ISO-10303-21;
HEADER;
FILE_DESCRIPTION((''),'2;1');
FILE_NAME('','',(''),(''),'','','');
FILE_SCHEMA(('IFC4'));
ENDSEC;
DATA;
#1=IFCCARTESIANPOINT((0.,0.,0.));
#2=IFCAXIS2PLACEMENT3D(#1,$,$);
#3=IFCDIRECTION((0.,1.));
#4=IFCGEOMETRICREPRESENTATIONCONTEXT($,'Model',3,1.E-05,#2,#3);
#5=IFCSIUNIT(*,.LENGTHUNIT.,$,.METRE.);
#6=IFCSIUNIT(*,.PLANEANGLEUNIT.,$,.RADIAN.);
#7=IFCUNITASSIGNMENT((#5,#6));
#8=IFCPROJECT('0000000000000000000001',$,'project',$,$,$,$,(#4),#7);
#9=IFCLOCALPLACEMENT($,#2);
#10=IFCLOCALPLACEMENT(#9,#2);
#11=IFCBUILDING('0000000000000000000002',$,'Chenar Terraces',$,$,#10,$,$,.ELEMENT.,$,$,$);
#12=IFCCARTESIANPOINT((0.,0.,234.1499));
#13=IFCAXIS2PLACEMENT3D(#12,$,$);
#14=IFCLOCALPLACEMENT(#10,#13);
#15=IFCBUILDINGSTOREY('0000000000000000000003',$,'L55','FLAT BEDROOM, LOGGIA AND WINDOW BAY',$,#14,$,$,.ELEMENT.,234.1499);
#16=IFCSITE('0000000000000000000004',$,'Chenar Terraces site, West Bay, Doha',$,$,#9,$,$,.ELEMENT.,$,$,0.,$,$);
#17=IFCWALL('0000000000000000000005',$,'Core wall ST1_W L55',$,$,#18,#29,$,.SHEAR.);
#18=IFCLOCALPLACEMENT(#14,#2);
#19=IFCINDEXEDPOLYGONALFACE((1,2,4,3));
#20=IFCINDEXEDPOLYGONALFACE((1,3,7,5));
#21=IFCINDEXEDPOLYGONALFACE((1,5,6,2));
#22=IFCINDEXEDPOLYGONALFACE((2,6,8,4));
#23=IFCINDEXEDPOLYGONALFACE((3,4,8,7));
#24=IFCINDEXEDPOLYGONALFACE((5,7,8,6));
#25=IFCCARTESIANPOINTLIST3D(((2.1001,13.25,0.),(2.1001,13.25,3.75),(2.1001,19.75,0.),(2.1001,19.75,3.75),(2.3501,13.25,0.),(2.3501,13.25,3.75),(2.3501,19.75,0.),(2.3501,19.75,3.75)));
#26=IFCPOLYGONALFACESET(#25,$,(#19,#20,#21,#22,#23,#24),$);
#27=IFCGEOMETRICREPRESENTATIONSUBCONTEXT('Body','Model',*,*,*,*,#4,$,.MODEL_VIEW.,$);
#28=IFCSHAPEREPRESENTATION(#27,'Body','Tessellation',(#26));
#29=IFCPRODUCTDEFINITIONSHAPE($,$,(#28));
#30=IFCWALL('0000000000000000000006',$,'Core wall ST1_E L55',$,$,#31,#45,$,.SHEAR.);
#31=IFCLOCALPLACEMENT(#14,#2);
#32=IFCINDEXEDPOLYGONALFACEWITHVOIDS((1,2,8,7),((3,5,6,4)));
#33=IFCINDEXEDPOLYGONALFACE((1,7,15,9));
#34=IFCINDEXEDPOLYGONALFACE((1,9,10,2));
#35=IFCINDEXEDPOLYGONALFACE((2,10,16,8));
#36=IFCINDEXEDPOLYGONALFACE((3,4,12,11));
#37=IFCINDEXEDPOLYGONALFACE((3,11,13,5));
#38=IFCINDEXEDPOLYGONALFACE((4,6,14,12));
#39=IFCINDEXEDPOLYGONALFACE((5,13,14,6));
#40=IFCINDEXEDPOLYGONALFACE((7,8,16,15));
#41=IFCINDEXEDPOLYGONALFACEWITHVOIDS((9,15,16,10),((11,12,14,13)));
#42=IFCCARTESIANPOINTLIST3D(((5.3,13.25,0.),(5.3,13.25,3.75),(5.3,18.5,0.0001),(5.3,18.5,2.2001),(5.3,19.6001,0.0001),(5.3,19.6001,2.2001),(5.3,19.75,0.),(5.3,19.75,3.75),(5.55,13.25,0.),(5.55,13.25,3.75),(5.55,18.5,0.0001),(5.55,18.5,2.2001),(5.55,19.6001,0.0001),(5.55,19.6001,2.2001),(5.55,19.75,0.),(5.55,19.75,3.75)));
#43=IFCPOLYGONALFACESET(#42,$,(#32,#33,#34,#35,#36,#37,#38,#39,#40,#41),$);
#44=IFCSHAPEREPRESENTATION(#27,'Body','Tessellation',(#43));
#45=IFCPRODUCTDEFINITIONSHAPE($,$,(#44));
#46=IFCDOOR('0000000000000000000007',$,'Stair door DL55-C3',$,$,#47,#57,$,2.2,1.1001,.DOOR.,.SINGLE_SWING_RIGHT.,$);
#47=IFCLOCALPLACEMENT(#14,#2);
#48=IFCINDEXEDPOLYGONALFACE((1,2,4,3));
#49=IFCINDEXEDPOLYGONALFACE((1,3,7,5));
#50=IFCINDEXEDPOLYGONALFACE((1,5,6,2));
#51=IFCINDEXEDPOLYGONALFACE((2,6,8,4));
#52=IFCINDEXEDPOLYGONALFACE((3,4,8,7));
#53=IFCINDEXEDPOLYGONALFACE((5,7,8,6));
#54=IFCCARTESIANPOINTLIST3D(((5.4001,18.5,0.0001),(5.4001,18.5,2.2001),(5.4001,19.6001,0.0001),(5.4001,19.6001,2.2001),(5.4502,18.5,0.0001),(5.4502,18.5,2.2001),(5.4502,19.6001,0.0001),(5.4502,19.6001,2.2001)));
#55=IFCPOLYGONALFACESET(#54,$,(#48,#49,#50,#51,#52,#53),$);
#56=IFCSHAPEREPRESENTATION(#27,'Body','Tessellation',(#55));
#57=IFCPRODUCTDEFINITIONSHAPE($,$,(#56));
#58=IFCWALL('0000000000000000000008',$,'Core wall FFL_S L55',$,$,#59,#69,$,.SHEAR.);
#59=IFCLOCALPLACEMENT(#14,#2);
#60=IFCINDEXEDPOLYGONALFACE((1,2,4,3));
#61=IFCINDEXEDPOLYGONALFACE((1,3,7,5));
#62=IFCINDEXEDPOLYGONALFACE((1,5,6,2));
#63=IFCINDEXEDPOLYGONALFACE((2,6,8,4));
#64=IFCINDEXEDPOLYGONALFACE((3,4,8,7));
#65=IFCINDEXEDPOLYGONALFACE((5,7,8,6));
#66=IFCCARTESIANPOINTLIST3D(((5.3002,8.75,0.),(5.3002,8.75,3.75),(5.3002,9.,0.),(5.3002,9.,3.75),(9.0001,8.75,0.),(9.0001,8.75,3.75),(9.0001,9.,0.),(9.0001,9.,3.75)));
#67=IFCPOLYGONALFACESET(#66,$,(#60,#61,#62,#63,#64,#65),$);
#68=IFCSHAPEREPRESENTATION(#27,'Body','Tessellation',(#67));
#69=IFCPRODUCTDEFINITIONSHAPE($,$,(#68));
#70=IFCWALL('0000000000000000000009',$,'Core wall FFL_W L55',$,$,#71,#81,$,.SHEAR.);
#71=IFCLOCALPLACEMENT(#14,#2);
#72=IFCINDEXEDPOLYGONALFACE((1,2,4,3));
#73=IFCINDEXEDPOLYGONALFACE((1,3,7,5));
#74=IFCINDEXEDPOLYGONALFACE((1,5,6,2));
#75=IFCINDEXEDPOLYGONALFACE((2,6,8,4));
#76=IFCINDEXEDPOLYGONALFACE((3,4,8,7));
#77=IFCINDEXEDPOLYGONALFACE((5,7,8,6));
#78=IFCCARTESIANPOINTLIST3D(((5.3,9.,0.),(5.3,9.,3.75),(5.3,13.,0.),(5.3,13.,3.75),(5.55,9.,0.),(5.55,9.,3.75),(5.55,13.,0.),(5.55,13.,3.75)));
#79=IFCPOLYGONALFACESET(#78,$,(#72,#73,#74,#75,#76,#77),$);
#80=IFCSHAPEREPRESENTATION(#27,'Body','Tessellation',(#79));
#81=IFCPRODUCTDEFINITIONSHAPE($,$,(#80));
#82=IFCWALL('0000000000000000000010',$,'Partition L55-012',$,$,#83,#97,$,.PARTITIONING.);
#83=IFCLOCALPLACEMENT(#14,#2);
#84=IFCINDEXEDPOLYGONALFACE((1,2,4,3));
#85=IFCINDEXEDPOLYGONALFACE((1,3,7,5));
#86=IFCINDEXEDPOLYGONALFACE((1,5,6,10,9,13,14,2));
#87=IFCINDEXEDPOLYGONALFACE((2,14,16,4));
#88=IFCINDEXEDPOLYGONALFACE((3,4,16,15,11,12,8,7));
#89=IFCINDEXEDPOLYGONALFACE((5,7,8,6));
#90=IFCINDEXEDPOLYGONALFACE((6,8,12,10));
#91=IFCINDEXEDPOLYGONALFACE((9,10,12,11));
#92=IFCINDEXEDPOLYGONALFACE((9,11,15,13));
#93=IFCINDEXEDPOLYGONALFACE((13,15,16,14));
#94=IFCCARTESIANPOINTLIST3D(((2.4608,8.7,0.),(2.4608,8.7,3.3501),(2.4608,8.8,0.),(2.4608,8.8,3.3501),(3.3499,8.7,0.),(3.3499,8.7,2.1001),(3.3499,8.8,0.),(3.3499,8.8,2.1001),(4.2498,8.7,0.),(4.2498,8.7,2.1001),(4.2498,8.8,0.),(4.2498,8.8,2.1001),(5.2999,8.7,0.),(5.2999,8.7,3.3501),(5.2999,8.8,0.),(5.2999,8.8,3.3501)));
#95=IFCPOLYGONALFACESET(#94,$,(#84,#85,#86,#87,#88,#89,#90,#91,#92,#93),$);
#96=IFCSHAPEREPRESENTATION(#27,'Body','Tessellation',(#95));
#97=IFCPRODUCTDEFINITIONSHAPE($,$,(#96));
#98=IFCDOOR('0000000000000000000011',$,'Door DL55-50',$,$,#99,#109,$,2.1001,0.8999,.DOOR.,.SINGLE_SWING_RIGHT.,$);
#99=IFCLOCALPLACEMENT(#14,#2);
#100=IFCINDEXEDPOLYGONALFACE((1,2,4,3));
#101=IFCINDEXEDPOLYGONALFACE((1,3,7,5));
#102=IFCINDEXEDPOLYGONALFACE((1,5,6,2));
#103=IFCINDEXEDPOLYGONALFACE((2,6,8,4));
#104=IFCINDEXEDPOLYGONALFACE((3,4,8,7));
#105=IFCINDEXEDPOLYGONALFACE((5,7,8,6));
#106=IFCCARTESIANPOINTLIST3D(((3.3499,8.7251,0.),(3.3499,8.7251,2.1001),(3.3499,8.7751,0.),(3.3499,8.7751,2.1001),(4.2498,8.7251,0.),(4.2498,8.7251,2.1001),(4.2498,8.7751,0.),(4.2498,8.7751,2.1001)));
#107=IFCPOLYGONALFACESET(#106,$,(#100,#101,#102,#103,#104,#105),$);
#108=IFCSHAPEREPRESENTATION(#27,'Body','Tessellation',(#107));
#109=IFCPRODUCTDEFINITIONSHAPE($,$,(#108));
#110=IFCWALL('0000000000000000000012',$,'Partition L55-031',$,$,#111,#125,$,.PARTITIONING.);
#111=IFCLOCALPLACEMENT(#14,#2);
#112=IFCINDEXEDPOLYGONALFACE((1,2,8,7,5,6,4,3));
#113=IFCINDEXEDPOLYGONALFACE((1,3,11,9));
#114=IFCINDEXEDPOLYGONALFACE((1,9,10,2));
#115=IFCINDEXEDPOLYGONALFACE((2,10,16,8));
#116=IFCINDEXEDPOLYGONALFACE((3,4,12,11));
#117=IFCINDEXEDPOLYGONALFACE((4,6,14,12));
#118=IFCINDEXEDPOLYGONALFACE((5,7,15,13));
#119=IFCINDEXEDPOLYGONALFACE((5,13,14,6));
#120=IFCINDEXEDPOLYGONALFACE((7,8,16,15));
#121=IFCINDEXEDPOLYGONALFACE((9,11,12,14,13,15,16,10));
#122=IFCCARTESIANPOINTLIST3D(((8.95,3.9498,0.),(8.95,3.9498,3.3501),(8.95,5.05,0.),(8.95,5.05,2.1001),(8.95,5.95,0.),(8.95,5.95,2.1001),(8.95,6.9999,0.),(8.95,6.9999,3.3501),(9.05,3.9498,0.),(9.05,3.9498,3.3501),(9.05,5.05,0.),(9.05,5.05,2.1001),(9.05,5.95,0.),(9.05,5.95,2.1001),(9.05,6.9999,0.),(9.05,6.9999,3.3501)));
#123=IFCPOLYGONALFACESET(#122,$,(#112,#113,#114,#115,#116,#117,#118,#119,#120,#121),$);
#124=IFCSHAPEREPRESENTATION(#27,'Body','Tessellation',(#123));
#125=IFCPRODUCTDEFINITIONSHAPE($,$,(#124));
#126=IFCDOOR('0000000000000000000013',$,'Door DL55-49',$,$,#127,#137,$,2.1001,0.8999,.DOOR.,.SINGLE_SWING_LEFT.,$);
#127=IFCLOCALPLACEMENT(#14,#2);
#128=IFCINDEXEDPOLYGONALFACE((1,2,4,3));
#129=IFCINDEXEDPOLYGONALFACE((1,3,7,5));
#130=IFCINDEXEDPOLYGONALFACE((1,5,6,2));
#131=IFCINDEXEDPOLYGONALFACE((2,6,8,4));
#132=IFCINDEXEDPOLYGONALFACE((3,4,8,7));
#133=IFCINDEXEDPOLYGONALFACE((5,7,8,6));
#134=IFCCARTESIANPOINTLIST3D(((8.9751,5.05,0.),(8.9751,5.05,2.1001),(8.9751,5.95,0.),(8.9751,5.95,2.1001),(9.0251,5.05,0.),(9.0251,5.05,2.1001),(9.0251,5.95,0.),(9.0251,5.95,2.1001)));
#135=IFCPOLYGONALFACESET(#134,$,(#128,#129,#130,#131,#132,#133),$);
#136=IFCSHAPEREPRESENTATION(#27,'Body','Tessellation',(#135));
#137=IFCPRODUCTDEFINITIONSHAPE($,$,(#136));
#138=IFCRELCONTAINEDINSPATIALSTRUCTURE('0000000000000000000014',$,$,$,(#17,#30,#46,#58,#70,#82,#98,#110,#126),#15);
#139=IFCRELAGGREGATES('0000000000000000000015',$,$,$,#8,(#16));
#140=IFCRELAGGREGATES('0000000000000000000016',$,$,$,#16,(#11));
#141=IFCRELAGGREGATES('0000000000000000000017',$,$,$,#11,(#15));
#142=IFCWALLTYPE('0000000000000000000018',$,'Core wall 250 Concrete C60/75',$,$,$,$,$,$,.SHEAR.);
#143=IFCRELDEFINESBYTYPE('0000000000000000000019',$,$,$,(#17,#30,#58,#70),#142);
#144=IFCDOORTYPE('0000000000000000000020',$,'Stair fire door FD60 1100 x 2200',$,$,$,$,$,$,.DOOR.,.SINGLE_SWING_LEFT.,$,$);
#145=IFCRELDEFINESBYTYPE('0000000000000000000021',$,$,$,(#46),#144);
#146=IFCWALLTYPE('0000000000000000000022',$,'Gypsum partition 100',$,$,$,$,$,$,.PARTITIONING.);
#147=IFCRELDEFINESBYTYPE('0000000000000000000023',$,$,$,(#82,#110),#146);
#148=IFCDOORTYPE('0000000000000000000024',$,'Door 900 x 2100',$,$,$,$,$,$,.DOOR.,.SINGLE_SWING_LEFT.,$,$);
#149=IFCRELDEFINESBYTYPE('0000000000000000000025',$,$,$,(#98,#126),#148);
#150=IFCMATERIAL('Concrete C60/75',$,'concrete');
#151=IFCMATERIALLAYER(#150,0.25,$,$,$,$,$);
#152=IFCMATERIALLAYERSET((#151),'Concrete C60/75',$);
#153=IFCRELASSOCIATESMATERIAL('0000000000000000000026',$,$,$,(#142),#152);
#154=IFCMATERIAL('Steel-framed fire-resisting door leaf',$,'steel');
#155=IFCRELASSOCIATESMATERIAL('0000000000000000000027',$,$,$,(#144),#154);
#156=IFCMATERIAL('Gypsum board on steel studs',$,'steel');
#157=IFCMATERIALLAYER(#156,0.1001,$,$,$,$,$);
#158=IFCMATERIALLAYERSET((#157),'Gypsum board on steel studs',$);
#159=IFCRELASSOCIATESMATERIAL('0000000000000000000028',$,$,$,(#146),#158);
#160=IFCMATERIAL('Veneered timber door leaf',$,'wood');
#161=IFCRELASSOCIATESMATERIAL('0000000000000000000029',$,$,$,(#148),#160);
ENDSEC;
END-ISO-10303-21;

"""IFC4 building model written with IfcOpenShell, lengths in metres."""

from ifc_helpers import new_model, si_unit, direction, frame, frame_2d, origin, place, context, subcontext, project, spatial, rectangle, extrude, material, layer, layer_set, type_object, element, fill, save


model = new_model("IFC4")

# Units and contexts
model_context = context("Model", 3, precision=1e-05, world=origin(), true_north=direction((0.0, 1.0)))
body_context = subcontext(model_context, "Body", "Model", "MODEL_VIEW")
ifc_project = project(units=[si_unit("LENGTHUNIT", "METRE"), si_unit("PLANEANGLEUNIT", "RADIAN")], contexts=[model_context])

# Site, building, storey
site_placement = place(None, origin())
site = spatial("IfcSite", under=ifc_project, at=site_placement, Name="Chenar Terraces site, West Bay, Doha", CompositionType="ELEMENT", RefElevation=0.0)
building_placement = place(site_placement, origin())
building = spatial("IfcBuilding", under=site, at=building_placement, Name="Chenar Terraces", CompositionType="ELEMENT")
storey_placement = place(building_placement, frame((0.0, 0.0, 234.1499)))
storey = spatial("IfcBuildingStorey", under=building, at=storey_placement, Name="L55", Description="FLAT BEDROOM, LOGGIA AND WINDOW BAY", CompositionType="ELEMENT", Elevation=234.1499)

# Wall
ifc_material_1 = material(Name="Concrete C60/75", Category="concrete")
ifc_layer_1 = layer(ifc_material_1, 0.25)
ifc_layer_set_1 = layer_set([ifc_layer_1], Name="Concrete C60/75")
wall_type_1 = type_object("IfcWallType", Name="Core wall 250 Concrete C60/75", PredefinedType="SHEAR", material=ifc_layer_set_1)
wall_1_placement = place(storey_placement, frame((2.2251, 13.25, 0.0), z_axis=(0.0, 0.0, 1.0), x_axis=(0.0, 1.0, 0.0)))
element("IfcWall", 1, at=wall_1_placement, inside=storey, type_object=wall_type_1, Name="Core wall ST1_W L55", PredefinedType="SHEAR", context=body_context, shape_type="SweptSolid", body=[
    extrude(rectangle(XDim=6.5, YDim=0.25, at=frame_2d((3.25, 0.0))), origin(), (0.0, 0.0, 1.0), 3.75),
])

# Wall, opening, door
wall_2_placement = place(storey_placement, frame((5.425, 13.25, 0.0), z_axis=(0.0, 0.0, 1.0), x_axis=(0.0, 1.0, 0.0)))
wall_2 = element("IfcWall", 2, at=wall_2_placement, inside=storey, type_object=wall_type_1, Name="Core wall ST1_E L55", PredefinedType="SHEAR", context=body_context, shape_type="SweptSolid", body=[
    extrude(rectangle(XDim=6.5, YDim=0.25, at=frame_2d((3.25, 0.0))), origin(), (0.0, 0.0, 1.0), 3.75),
])
opening_1_placement = place(wall_2_placement, frame((5.25, 0.0, 0.0)))
opening_1 = element("IfcOpeningElement", 3, at=opening_1_placement, cuts=wall_2, PredefinedType="OPENING", context=body_context, shape_type="SweptSolid", body=[
    extrude(rectangle(XDim=1.1001, YDim=2.2, at=frame_2d((0.55, 1.1001))), frame((0.0, 0.135, 0.0), z_axis=(0.0, -1.0, 0.0), x_axis=(1.0, 0.0, 0.0)), (0.0, 0.0, 1.0), 0.27),
])
ifc_material_2 = material(Name="Steel-framed fire-resisting door leaf", Category="steel")
door_type_1 = type_object("IfcDoorType", Name="Stair fire door FD60 1100 x 2200", OperationType="SINGLE_SWING_LEFT", PredefinedType="DOOR", material=ifc_material_2)
door_1_placement = place(opening_1_placement, origin())
door_1 = element("IfcDoor", 4, at=door_1_placement, inside=storey, type_object=door_type_1, Name="Stair door DL55-C3", OperationType="SINGLE_SWING_RIGHT", OverallHeight=2.2, OverallWidth=1.1001, PredefinedType="DOOR", context=body_context, shape_type="SweptSolid", body=[
    extrude(rectangle(XDim=1.1001, YDim=2.2, at=frame_2d((0.55, 1.1001))), frame((0.0, 0.0249, 0.0), z_axis=(0.0, -1.0, 0.0), x_axis=(1.0, 0.0, 0.0)), (0.0, 0.0, 1.0), 0.05),
])
fill(opening_1, door_1)

# Walls
wall_3_placement = place(storey_placement, frame((5.3, 8.875, 0.0), z_axis=(0.0, 0.0, 1.0), x_axis=(1.0, 0.0, 0.0)))
element("IfcWall", 5, at=wall_3_placement, inside=storey, type_object=wall_type_1, Name="Core wall FFL_S L55", PredefinedType="SHEAR", context=body_context, shape_type="SweptSolid", body=[
    extrude(rectangle(XDim=3.7, YDim=0.25, at=frame_2d((1.8501, 0.0))), origin(), (0.0, 0.0, 1.0), 3.75),
])
wall_4_placement = place(storey_placement, frame((5.425, 9.0, 0.0), z_axis=(0.0, 0.0, 1.0), x_axis=(0.0, 1.0, 0.0)))
element("IfcWall", 6, at=wall_4_placement, inside=storey, type_object=wall_type_1, Name="Core wall FFL_W L55", PredefinedType="SHEAR", context=body_context, shape_type="SweptSolid", body=[
    extrude(rectangle(XDim=4.0, YDim=0.25, at=frame_2d((2.0, 0.0))), origin(), (0.0, 0.0, 1.0), 3.75),
])

# Walls, openings, doors
ifc_material_3 = material(Name="Gypsum board on steel studs", Category="steel")
ifc_layer_2 = layer(ifc_material_3, 0.1001)
ifc_layer_set_2 = layer_set([ifc_layer_2], Name="Gypsum board on steel studs")
wall_type_2 = type_object("IfcWallType", Name="Gypsum partition 100", PredefinedType="PARTITIONING", material=ifc_layer_set_2)
wall_5_placement = place(storey_placement, frame((2.4609, 8.75, 0.0), z_axis=(0.0, 0.0, 1.0), x_axis=(1.0, 0.0, 0.0)))
wall_5 = element("IfcWall", 7, at=wall_5_placement, inside=storey, type_object=wall_type_2, Name="Partition L55-012", PredefinedType="PARTITIONING", context=body_context, shape_type="SweptSolid", body=[
    extrude(rectangle(XDim=2.8391, YDim=0.1001, at=frame_2d((1.4194, 0.0))), origin(), (0.0, 0.0, 1.0), 3.3501),
])
opening_2_placement = place(wall_5_placement, frame((0.8889, 0.0, 0.0)))
opening_2 = element("IfcOpeningElement", 8, at=opening_2_placement, cuts=wall_5, PredefinedType="OPENING", context=body_context, shape_type="SweptSolid", body=[
    extrude(rectangle(XDim=0.8999, YDim=2.1001, at=frame_2d((0.45, 1.05))), frame((0.0, 0.0601, 0.0), z_axis=(0.0, -1.0, 0.0), x_axis=(1.0, 0.0, 0.0)), (0.0, 0.0, 1.0), 0.1201),
])
ifc_material_4 = material(Name="Veneered timber door leaf", Category="wood")
door_type_2 = type_object("IfcDoorType", Name="Door 900 x 2100", OperationType="SINGLE_SWING_LEFT", PredefinedType="DOOR", material=ifc_material_4)
door_2_placement = place(opening_2_placement, frame((0.8999, 0.0, 0.0), z_axis=(0.0, 0.0, 1.0), x_axis=(-1.0, 0.0, 0.0)))
door_2 = element("IfcDoor", 9, at=door_2_placement, inside=storey, type_object=door_type_2, Name="Door DL55-50", OperationType="SINGLE_SWING_RIGHT", OverallHeight=2.1001, OverallWidth=0.8999, PredefinedType="DOOR", context=body_context, shape_type="SweptSolid", body=[
    extrude(rectangle(XDim=0.8999, YDim=2.1001, at=frame_2d((0.45, 1.05))), frame((0.0, 0.0249, 0.0), z_axis=(0.0, -1.0, 0.0), x_axis=(1.0, 0.0, 0.0)), (0.0, 0.0, 1.0), 0.05),
])
fill(opening_2, door_2)
wall_6_placement = place(storey_placement, frame((9.0, 3.95, 0.0), z_axis=(0.0, 0.0, 1.0), x_axis=(0.0, 1.0, 0.0)))
wall_6 = element("IfcWall", 10, at=wall_6_placement, inside=storey, type_object=wall_type_2, Name="Partition L55-031", PredefinedType="PARTITIONING", context=body_context, shape_type="SweptSolid", body=[
    extrude(rectangle(XDim=3.05, YDim=0.1001, at=frame_2d((1.5249, 0.0))), origin(), (0.0, 0.0, 1.0), 3.3501),
])
opening_3_placement = place(wall_6_placement, frame((1.1001, 0.0, 0.0)))
opening_3 = element("IfcOpeningElement", 11, at=opening_3_placement, cuts=wall_6, PredefinedType="OPENING", context=body_context, shape_type="SweptSolid", body=[
    extrude(rectangle(XDim=0.8999, YDim=2.1001, at=frame_2d((0.45, 1.05))), frame((0.0, 0.0601, 0.0), z_axis=(0.0, -1.0, 0.0), x_axis=(1.0, 0.0, 0.0)), (0.0, 0.0, 1.0), 0.1201),
])
door_3_placement = place(opening_3_placement, origin())
door_3 = element("IfcDoor", 12, at=door_3_placement, inside=storey, type_object=door_type_2, Name="Door DL55-49", OperationType="SINGLE_SWING_LEFT", OverallHeight=2.1001, OverallWidth=0.8999, PredefinedType="DOOR", context=body_context, shape_type="SweptSolid", body=[
    extrude(rectangle(XDim=0.8999, YDim=2.1001, at=frame_2d((0.45, 1.05))), frame((0.0, 0.0249, 0.0), z_axis=(0.0, -1.0, 0.0), x_axis=(1.0, 0.0, 0.0)), (0.0, 0.0, 1.0), 0.05),
])
fill(opening_3, door_3)

save(model, "model.ifc")
